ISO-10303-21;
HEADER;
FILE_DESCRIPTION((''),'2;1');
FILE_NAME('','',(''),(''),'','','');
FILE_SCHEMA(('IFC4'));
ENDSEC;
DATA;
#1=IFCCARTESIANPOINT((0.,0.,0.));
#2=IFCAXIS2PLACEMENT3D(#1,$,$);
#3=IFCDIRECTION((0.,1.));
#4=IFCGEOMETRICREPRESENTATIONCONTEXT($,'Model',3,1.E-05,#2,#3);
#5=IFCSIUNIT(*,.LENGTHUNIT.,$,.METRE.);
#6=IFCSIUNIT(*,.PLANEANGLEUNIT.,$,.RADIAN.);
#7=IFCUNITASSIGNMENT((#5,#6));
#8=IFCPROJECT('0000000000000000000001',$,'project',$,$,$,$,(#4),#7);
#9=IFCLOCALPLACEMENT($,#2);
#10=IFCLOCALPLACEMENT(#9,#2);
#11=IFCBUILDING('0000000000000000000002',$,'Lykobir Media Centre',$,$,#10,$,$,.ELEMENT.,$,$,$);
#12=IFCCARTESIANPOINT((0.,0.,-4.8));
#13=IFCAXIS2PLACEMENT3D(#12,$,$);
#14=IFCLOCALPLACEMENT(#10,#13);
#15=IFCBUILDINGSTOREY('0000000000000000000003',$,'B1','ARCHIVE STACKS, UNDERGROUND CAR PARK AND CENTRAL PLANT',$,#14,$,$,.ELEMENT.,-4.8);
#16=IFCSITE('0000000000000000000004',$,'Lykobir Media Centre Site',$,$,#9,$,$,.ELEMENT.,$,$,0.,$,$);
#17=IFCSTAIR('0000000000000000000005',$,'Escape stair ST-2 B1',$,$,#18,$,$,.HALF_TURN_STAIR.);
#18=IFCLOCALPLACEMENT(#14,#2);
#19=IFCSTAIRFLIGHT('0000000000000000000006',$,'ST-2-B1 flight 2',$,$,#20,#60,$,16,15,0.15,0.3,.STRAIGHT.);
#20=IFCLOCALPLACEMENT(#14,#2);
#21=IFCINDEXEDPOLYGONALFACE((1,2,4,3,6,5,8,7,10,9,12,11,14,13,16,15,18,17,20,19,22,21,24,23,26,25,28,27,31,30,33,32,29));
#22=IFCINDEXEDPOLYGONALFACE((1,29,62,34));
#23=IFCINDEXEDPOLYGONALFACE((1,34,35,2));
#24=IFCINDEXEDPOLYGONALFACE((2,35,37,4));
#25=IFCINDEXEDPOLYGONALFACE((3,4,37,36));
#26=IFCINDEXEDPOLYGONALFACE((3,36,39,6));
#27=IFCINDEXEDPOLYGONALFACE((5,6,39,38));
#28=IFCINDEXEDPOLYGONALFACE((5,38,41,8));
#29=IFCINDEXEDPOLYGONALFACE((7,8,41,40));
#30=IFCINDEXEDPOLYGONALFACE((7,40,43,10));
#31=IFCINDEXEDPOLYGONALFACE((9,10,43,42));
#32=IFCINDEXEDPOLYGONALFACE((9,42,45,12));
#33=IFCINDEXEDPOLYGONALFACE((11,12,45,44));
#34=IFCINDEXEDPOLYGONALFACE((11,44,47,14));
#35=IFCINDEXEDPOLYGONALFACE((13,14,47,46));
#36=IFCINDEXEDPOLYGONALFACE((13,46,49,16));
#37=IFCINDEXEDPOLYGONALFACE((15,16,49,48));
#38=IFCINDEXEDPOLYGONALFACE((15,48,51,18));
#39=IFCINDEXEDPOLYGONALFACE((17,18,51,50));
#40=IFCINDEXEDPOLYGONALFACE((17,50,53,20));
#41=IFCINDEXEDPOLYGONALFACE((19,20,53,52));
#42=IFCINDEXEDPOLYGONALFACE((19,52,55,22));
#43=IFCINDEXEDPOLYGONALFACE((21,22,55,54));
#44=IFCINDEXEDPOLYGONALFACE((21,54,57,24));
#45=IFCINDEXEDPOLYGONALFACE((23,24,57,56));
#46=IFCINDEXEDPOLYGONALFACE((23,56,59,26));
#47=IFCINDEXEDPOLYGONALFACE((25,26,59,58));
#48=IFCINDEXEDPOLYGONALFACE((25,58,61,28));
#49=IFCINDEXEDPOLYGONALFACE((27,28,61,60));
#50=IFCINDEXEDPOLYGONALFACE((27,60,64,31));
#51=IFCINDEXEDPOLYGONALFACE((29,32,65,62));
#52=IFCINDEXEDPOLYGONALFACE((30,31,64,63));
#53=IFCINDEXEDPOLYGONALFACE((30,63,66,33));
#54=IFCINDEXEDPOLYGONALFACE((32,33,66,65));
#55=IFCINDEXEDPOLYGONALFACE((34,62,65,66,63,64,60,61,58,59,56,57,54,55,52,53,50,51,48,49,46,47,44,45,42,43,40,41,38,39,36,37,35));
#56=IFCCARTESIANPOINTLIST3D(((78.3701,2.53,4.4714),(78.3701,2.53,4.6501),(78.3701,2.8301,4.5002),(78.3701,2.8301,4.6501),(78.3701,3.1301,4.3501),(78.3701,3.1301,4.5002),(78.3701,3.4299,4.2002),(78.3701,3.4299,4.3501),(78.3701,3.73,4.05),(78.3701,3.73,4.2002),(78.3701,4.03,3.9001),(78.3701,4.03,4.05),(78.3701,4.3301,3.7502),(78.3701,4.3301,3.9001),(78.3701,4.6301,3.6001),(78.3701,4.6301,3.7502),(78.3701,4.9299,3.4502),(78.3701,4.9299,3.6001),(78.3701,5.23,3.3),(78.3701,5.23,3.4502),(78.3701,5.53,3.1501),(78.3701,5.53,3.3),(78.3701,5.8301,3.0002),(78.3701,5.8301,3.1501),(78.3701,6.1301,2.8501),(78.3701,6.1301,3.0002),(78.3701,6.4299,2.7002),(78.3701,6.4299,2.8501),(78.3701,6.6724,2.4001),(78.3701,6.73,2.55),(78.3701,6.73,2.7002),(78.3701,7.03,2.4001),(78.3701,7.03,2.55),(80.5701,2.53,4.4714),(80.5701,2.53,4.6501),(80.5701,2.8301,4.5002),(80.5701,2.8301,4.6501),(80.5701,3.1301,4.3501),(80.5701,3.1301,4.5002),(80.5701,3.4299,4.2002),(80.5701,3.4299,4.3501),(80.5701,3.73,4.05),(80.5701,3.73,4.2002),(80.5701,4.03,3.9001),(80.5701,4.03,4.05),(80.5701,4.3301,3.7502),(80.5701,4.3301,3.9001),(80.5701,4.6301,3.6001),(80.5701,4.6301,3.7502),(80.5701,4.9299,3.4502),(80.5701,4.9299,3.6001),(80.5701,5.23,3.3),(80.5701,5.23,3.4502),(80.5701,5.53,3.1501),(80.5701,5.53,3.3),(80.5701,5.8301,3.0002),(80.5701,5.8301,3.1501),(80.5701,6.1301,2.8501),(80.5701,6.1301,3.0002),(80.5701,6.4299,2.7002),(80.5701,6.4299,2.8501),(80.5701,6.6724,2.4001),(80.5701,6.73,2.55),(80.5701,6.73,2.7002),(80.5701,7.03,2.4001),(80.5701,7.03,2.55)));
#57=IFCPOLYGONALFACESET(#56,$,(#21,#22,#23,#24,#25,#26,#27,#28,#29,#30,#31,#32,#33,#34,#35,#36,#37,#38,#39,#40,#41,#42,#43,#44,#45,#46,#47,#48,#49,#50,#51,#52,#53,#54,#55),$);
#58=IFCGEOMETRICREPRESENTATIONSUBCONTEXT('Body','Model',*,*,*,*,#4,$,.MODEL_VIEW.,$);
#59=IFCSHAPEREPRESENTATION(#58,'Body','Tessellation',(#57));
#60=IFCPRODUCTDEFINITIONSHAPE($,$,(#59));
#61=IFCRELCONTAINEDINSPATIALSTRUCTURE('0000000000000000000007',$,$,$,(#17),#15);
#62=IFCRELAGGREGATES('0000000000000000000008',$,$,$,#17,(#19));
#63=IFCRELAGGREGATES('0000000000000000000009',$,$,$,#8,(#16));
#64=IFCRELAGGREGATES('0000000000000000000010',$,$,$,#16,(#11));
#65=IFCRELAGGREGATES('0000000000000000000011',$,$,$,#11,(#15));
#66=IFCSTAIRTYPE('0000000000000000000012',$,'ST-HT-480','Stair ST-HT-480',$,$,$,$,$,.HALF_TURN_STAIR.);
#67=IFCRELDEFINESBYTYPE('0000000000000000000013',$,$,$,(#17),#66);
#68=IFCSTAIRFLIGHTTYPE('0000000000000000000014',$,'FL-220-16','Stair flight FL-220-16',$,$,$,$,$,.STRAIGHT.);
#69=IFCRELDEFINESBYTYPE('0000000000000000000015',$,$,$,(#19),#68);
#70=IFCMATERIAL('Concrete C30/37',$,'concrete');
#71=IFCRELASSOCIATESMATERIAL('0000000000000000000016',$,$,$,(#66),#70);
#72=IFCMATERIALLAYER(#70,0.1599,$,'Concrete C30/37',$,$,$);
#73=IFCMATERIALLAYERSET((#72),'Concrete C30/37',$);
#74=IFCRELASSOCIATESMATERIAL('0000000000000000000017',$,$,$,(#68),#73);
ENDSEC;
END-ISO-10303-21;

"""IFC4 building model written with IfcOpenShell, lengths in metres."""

from ifc_helpers import new_model, si_unit, direction, frame, origin, place, context, subcontext, project, spatial, polyline, outline, extrude, material, layer, layer_set, type_object, element, aggregate, save


model = new_model("IFC4")

# Units and contexts
model_context = context("Model", 3, precision=1e-05, world=origin(), true_north=direction((0.0, 1.0)))
body_context = subcontext(model_context, "Body", "Model", "MODEL_VIEW")
ifc_project = project(units=[si_unit("LENGTHUNIT", "METRE"), si_unit("PLANEANGLEUNIT", "RADIAN")], contexts=[model_context])

# Site, building, storey
site_placement = place(None, origin())
site = spatial("IfcSite", under=ifc_project, at=site_placement, Name="Lykobir Media Centre Site", CompositionType="ELEMENT", RefElevation=0.0)
building_placement = place(site_placement, origin())
building = spatial("IfcBuilding", under=site, at=building_placement, Name="Lykobir Media Centre", CompositionType="ELEMENT")
storey_placement = place(building_placement, frame((0.0, 0.0, -4.8)))
storey = spatial("IfcBuildingStorey", under=building, at=storey_placement, Name="B1", Description="ARCHIVE STACKS, UNDERGROUND CAR PARK AND CENTRAL PLANT", CompositionType="ELEMENT", Elevation=-4.8)

# Shared definitions
ifc_material_1 = material(Name="Concrete C30/37", Category="concrete")

# Stair, stair flight
stair_type = type_object("IfcStairType", Name="ST-HT-480", Description="Stair ST-HT-480", PredefinedType="HALF_TURN_STAIR", material=ifc_material_1)
stair_placement = place(storey_placement, origin())
stair = element("IfcStair", 1, at=stair_placement, inside=storey, type_object=stair_type, Name="Escape stair ST-2 B1", PredefinedType="HALF_TURN_STAIR")
ifc_layer_1 = layer(ifc_material_1, 0.1599, Name="Concrete C30/37")
ifc_layer_set_1 = layer_set([ifc_layer_1], Name="Concrete C30/37")
stair_flight_type = type_object("IfcStairFlightType", Name="FL-220-16", Description="Stair flight FL-220-16", PredefinedType="STRAIGHT", material=ifc_layer_set_1)
stair_flight_1_placement = place(storey_placement, frame((79.47, 7.03, 2.4001), z_axis=(0.0, 0.0, 1.0), x_axis=(0.0, -1.0, 0.0)))
stair_flight_1 = element("IfcStairFlight", 2, at=stair_flight_1_placement, type_object=stair_flight_type, Name="ST-2-B1 flight 2", NumberOfRisers=16, NumberOfTreads=15, PredefinedType="STRAIGHT", RiserHeight=0.15, TreadLength=0.3, context=body_context, shape_type="SweptSolid", body=[
    extrude(outline(polyline([(0.0, 0.0), (0.0, 0.1499), (0.3, 0.1499), (0.3, 0.3), (0.6001, 0.3), (0.6001, 0.45), (0.8999, 0.45), (0.8999, 0.6001), (1.2, 0.6001), (1.2, 0.75), (1.5, 0.75), (1.5, 0.8999), (1.8, 0.8999), (1.8, 1.05), (2.1001, 1.05), (2.1001, 1.2), (2.3999, 1.2), (2.3999, 1.3501), (2.7, 1.3501), (2.7, 1.5), (3.0, 1.5), (3.0, 1.6499), (3.3, 1.6499), (3.3, 1.8), (3.6001, 1.8), (3.6001, 1.95), (3.8999, 1.95), (3.8999, 2.1001), (4.2, 2.1001), (4.2, 2.25), (4.5, 2.25), (4.5, 2.3999), (4.5, 2.0713), (0.3577, 0.0), (0.0, 0.0)])), frame((0.0, 1.1001, 0.0), z_axis=(0.0, -1.0, 0.0), x_axis=(1.0, 0.0, 0.0)), (0.0, 0.0, 1.0), 2.2),
])
aggregate(stair, [stair_flight_1])

save(model, "model.ifc")
